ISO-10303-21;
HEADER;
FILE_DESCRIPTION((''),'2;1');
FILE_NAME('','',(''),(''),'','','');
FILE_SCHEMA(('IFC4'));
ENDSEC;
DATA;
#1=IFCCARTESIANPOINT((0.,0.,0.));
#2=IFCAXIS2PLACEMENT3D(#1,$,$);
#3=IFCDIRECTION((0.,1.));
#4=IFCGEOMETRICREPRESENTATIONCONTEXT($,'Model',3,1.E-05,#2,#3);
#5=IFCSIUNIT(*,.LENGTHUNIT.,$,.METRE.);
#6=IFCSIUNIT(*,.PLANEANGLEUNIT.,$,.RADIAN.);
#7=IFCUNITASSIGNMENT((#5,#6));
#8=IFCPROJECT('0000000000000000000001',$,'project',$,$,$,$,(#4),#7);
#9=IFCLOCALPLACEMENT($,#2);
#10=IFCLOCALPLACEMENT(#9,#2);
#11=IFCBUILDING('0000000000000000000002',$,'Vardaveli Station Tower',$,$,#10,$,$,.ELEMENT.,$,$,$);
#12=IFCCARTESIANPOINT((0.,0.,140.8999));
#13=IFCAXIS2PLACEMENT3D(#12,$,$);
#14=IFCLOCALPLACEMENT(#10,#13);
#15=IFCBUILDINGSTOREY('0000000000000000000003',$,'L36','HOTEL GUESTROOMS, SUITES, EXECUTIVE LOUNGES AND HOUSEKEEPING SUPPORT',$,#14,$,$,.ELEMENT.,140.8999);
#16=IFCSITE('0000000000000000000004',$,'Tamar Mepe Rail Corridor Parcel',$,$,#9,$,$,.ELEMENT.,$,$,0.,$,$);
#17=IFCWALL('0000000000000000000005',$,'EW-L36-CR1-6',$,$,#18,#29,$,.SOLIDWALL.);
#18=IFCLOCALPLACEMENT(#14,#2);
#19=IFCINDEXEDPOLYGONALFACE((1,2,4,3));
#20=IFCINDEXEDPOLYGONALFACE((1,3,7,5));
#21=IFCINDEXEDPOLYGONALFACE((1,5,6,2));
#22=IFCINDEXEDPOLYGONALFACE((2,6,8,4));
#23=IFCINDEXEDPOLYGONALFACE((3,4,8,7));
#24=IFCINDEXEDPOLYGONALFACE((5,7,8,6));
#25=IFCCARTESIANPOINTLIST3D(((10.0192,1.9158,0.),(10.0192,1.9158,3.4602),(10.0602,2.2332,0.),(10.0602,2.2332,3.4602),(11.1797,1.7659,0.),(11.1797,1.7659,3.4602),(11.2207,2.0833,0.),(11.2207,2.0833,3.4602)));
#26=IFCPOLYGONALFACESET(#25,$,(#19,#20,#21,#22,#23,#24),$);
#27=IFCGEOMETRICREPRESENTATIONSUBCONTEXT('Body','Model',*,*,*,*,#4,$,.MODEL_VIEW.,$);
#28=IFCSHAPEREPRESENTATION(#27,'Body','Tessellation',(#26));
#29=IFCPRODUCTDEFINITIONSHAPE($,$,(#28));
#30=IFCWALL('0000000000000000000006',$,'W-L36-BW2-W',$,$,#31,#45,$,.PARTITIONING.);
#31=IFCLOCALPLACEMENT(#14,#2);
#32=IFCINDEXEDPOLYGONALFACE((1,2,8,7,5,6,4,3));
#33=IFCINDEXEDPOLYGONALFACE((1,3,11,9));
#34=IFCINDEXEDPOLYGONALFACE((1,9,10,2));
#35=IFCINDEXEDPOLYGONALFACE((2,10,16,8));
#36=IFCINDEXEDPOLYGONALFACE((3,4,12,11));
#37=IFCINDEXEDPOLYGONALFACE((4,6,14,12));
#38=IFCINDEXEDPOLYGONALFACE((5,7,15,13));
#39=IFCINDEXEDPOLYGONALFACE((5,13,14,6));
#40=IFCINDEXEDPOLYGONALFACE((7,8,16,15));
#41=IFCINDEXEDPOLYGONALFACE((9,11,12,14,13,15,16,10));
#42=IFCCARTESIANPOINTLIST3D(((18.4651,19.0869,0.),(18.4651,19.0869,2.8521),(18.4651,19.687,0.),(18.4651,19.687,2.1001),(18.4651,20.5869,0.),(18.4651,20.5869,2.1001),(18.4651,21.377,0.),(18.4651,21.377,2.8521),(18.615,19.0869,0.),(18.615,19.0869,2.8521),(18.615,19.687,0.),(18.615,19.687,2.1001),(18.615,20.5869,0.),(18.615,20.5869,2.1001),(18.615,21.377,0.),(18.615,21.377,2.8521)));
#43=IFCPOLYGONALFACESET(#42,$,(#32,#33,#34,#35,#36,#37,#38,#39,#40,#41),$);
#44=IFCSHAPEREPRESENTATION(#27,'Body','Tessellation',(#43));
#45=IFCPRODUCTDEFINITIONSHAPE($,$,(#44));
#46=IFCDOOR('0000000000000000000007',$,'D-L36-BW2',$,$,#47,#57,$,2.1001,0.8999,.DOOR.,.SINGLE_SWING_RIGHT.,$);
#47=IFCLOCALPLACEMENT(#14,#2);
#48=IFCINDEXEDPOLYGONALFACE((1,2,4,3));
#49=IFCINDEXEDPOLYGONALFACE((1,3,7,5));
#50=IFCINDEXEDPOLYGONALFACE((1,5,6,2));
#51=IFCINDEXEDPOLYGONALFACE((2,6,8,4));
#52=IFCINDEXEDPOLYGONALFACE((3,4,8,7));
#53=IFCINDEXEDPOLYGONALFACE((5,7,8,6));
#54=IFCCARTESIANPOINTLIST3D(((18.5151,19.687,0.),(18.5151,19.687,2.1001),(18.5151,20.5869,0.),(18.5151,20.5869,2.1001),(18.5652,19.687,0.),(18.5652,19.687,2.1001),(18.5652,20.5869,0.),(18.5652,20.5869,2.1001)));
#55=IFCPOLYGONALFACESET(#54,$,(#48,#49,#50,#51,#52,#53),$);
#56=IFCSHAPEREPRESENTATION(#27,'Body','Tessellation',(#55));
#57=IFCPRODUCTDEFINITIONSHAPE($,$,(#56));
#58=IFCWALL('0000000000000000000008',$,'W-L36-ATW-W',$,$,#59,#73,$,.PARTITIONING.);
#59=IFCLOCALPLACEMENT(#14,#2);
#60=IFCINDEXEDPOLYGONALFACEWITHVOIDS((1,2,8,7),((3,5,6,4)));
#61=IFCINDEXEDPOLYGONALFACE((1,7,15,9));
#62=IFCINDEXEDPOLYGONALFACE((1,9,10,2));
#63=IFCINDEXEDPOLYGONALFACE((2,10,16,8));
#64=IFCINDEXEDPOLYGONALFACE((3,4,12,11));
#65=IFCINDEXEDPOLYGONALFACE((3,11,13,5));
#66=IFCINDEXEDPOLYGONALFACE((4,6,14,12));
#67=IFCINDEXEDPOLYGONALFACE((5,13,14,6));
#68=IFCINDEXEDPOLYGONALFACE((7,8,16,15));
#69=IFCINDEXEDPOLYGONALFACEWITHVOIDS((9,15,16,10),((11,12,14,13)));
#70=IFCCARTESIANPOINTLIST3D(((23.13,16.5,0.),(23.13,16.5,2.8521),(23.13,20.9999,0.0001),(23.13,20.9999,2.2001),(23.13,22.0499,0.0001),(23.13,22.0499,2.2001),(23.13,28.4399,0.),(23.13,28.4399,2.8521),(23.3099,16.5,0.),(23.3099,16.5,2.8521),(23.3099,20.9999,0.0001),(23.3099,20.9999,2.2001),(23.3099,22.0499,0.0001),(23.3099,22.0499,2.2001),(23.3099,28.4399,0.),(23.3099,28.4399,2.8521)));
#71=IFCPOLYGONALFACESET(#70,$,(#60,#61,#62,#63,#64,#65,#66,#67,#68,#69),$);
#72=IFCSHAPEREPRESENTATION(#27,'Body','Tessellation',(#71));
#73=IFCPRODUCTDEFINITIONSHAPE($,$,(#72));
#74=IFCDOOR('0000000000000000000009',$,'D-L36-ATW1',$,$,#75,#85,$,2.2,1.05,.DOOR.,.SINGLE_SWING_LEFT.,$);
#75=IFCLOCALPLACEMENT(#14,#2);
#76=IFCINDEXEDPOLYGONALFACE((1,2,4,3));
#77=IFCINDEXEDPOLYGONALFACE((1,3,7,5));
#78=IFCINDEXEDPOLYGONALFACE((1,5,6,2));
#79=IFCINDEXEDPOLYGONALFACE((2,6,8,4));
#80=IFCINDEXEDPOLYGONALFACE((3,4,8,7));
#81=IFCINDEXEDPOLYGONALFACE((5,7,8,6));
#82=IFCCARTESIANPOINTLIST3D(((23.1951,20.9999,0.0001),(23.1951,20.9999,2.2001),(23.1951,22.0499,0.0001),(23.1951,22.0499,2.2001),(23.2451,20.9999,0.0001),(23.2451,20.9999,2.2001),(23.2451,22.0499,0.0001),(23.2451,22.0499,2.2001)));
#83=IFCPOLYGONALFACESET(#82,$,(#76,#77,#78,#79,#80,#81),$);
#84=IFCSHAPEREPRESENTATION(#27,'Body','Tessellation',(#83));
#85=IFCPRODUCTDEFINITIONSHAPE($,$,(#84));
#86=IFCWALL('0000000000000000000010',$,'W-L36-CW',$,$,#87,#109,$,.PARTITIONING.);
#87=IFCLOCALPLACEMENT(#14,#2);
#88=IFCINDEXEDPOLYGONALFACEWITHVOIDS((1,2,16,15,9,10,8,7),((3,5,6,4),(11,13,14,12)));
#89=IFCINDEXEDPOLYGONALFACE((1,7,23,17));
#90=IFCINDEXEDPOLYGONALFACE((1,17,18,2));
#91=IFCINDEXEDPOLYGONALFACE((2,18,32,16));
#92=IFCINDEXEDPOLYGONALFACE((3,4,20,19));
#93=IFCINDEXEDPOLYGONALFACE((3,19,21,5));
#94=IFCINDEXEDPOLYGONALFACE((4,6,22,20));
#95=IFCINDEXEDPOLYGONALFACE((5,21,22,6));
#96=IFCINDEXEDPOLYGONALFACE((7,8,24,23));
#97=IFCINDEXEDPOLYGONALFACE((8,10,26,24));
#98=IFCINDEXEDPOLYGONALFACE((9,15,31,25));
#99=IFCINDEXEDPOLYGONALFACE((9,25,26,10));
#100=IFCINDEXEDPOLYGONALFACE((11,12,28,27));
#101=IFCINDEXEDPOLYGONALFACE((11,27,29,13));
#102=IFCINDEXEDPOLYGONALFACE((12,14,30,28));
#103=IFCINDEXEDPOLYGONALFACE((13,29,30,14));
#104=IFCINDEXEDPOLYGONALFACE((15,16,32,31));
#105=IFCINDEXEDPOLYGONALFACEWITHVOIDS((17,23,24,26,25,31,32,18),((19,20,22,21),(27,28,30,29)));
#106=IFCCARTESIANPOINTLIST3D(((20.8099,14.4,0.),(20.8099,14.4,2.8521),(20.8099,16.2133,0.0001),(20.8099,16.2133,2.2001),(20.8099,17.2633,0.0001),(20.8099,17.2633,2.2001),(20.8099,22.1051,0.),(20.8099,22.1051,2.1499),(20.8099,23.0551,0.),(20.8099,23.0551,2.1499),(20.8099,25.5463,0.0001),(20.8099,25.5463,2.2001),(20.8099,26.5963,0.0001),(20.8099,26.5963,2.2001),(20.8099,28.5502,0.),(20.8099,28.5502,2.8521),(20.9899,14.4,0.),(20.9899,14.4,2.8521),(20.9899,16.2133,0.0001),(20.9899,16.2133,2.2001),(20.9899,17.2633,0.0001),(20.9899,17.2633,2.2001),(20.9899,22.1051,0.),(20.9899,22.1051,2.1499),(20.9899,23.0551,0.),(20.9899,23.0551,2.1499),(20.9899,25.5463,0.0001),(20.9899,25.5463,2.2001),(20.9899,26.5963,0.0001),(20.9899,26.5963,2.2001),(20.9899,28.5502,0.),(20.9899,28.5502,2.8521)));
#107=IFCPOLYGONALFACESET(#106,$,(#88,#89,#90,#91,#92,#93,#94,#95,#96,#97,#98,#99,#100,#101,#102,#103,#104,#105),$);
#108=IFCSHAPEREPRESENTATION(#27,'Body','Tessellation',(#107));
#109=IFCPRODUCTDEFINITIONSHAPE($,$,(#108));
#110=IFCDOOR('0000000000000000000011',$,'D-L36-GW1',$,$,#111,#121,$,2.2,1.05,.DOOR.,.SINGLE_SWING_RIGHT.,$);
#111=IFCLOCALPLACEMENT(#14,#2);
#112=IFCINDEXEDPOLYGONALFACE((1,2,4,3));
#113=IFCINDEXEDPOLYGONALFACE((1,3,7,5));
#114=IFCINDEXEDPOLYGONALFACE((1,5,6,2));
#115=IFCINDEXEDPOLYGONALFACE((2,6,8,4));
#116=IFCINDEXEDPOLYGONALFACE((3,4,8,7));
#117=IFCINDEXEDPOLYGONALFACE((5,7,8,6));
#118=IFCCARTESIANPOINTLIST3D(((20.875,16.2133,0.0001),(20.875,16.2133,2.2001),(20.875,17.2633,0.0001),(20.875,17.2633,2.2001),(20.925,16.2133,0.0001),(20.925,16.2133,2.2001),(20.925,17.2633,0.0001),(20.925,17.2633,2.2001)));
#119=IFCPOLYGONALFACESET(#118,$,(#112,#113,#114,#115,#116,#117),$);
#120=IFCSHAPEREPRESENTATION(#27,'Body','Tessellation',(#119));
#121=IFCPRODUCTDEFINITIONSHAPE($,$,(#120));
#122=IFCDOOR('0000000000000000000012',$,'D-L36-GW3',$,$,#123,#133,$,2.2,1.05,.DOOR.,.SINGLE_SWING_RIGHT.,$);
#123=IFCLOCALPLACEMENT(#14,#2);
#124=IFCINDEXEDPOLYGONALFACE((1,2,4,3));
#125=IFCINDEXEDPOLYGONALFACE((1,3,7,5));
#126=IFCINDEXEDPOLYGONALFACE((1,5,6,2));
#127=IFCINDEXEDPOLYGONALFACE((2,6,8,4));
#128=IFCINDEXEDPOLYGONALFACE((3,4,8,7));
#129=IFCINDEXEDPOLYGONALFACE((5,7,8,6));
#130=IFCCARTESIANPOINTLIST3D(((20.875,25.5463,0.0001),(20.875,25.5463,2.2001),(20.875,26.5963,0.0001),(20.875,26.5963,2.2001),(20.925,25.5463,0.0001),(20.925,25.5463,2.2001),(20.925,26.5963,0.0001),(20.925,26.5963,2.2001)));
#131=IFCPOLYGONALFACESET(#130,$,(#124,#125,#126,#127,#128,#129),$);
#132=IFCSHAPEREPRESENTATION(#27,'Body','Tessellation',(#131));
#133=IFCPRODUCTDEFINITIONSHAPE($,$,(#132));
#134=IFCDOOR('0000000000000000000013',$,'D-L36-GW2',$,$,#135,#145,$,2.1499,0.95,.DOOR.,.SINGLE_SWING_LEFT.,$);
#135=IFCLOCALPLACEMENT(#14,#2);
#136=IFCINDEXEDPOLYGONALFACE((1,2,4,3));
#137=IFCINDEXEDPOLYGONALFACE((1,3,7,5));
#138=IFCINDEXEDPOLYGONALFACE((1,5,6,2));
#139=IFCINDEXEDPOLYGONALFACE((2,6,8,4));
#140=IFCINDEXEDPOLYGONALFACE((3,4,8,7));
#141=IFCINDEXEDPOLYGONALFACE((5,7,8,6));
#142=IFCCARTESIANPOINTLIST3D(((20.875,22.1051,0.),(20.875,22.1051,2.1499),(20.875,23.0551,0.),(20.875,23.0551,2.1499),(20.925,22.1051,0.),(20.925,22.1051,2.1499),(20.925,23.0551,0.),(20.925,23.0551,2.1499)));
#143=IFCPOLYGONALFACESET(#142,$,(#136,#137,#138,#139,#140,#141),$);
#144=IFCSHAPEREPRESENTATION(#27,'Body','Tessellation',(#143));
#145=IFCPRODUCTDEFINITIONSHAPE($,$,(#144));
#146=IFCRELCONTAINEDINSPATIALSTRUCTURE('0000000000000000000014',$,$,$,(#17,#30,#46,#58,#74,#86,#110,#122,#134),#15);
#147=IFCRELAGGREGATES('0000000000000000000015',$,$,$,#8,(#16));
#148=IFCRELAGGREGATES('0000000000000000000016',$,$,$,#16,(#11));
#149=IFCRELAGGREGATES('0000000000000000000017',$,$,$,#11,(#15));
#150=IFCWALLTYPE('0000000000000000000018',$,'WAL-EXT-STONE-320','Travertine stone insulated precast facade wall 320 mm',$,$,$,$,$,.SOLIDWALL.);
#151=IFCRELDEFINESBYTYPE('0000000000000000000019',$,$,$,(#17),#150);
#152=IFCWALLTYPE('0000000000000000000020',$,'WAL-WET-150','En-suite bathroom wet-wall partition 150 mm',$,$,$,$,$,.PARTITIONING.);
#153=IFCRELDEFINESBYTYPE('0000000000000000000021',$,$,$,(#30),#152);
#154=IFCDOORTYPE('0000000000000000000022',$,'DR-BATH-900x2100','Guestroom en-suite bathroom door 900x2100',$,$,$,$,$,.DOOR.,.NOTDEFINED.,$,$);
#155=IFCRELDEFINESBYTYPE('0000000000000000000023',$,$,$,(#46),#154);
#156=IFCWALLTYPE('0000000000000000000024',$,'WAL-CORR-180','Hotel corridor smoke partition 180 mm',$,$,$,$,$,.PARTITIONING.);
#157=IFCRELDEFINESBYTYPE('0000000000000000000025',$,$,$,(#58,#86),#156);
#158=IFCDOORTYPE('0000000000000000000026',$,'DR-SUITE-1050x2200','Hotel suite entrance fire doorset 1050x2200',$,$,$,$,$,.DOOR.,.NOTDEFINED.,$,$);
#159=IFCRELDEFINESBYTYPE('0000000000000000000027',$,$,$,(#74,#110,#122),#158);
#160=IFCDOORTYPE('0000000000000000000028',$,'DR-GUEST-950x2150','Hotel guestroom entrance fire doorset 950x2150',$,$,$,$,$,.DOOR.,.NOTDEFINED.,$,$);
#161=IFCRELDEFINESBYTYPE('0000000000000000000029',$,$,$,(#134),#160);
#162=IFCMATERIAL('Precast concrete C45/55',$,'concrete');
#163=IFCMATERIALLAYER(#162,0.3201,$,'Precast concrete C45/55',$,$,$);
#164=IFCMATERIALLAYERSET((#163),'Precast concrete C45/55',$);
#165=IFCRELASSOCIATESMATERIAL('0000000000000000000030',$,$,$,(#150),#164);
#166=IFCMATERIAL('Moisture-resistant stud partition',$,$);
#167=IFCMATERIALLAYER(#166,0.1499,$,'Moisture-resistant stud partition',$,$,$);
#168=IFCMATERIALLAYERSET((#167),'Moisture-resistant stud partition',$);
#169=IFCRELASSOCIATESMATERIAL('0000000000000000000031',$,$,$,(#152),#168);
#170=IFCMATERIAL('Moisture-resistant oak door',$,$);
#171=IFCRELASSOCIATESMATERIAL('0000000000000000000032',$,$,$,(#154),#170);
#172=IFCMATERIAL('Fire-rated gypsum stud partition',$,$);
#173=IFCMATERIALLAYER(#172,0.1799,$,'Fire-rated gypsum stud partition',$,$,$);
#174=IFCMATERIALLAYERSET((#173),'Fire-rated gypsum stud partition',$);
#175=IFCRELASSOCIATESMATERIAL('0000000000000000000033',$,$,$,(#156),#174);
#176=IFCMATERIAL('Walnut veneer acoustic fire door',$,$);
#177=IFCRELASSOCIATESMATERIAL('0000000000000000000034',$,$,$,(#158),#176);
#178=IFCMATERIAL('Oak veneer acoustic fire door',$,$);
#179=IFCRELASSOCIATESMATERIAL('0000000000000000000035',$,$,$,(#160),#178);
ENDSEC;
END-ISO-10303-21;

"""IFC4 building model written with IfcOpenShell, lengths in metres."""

from ifc_helpers import new_model, si_unit, direction, frame, frame_2d, origin, place, context, subcontext, project, spatial, rectangle, extrude, source, transform, mapped, material, layer, layer_set, type_object, element, fill, save


model = new_model("IFC4")

# Units and contexts
model_context = context("Model", 3, precision=1e-05, world=origin(), true_north=direction((0.0, 1.0)))
body_context = subcontext(model_context, "Body", "Model", "MODEL_VIEW")
ifc_project = project(units=[si_unit("LENGTHUNIT", "METRE"), si_unit("PLANEANGLEUNIT", "RADIAN")], contexts=[model_context])

# Site, building, storey
site_placement = place(None, origin())
site = spatial("IfcSite", under=ifc_project, at=site_placement, Name="Tamar Mepe Rail Corridor Parcel", CompositionType="ELEMENT", RefElevation=0.0)
building_placement = place(site_placement, origin())
building = spatial("IfcBuilding", under=site, at=building_placement, Name="Vardaveli Station Tower", CompositionType="ELEMENT")
storey_placement = place(building_placement, frame((0.0, 0.0, 140.8999)))
storey = spatial("IfcBuildingStorey", under=building, at=storey_placement, Name="L36", Description="HOTEL GUESTROOMS, SUITES, EXECUTIVE LOUNGES AND HOUSEKEEPING SUPPORT", CompositionType="ELEMENT", Elevation=140.8999)

# Shared definitions
ifc_material_1 = material(Name="Precast concrete C45/55", Category="concrete")

# Shared definitions
ifc_layer_1 = layer(ifc_material_1, 0.3201, Name="Precast concrete C45/55")
ifc_layer_set_1 = layer_set([ifc_layer_1], Name="Precast concrete C45/55")
wall_type_1 = type_object("IfcWallType", Name="WAL-EXT-STONE-320", Description="Travertine stone insulated precast facade wall 320 mm", PredefinedType="SOLIDWALL", material=ifc_layer_set_1)

# Wall
shared_shape_1 = source(origin(), body_context, "Body", "SweptSolid", [
    extrude(rectangle(XDim=1.1702, YDim=0.3201, at=frame_2d((0.585, 0.0))), origin(), (0.0, 0.0, 1.0), 3.4602),
])
wall_1_placement = place(storey_placement, frame((10.0398, 2.0745, 0.0), z_axis=(0.0, 0.0, 1.0), x_axis=(0.991762, -0.12809, 0.0)))
element("IfcWall", 1, at=wall_1_placement, inside=storey, type_object=wall_type_1, Name="EW-L36-CR1-6", PredefinedType="SOLIDWALL", context=body_context, shape_type="MappedRepresentation", body=[
    mapped(shared_shape_1, transform((0.0, 0.0, 0.0), scale=1.0)),
])

# Walls, openings, doors
ifc_material_2 = material(Name="Moisture-resistant stud partition")
ifc_layer_2 = layer(ifc_material_2, 0.1499, Name="Moisture-resistant stud partition")
ifc_layer_set_2 = layer_set([ifc_layer_2], Name="Moisture-resistant stud partition")
wall_type_2 = type_object("IfcWallType", Name="WAL-WET-150", Description="En-suite bathroom wet-wall partition 150 mm", PredefinedType="PARTITIONING", material=ifc_layer_set_2)
shared_shape_2 = source(origin(), body_context, "Body", "SweptSolid", [
    extrude(rectangle(XDim=2.29, YDim=0.1499, at=frame_2d((1.145, 0.0))), origin(), (0.0, 0.0, 1.0), 2.8521),
])
wall_2_placement = place(storey_placement, frame((18.54, 19.0869, 0.0), z_axis=(0.0, 0.0, 1.0), x_axis=(0.0, 1.0, 0.0)))
wall_2 = element("IfcWall", 2, at=wall_2_placement, inside=storey, type_object=wall_type_2, Name="W-L36-BW2-W", PredefinedType="PARTITIONING", context=body_context, shape_type="MappedRepresentation", body=[
    mapped(shared_shape_2, transform((0.0, 0.0, 0.0), scale=1.0)),
])
shared_shape_3 = source(origin(), body_context, "Body", "SweptSolid", [
    extrude(rectangle(XDim=0.8999, YDim=2.1001, at=frame_2d((0.45, 1.05))), frame((0.0, 0.085, 0.0), z_axis=(0.0, -1.0, 0.0), x_axis=(1.0, 0.0, 0.0)), (0.0, 0.0, 1.0), 0.1699),
])
opening_1_placement = place(wall_2_placement, frame((0.6001, 0.0, 0.0)))
opening_1 = element("IfcOpeningElement", 3, at=opening_1_placement, cuts=wall_2, PredefinedType="OPENING", context=body_context, shape_type="MappedRepresentation", body=[
    mapped(shared_shape_3, transform((0.0, 0.0, 0.0), scale=1.0)),
])
ifc_material_3 = material(Name="Moisture-resistant oak door")
door_type_1 = type_object("IfcDoorType", Name="DR-BATH-900x2100", Description="Guestroom en-suite bathroom door 900x2100", OperationType="NOTDEFINED", PredefinedType="DOOR", material=ifc_material_3)
shared_shape_4 = source(origin(), body_context, "Body", "SweptSolid", [
    extrude(rectangle(XDim=0.8999, YDim=2.1001, at=frame_2d((0.45, 1.05))), frame((0.0, 0.0249, 0.0), z_axis=(0.0, -1.0, 0.0), x_axis=(1.0, 0.0, 0.0)), (0.0, 0.0, 1.0), 0.05),
])
door_1_placement = place(opening_1_placement, origin())
door_1 = element("IfcDoor", 4, at=door_1_placement, inside=storey, type_object=door_type_1, Name="D-L36-BW2", OperationType="SINGLE_SWING_RIGHT", OverallHeight=2.1001, OverallWidth=0.8999, PredefinedType="DOOR", context=body_context, shape_type="MappedRepresentation", body=[
    mapped(shared_shape_4, transform((0.0, 0.0, 0.0), scale=1.0)),
])
fill(opening_1, door_1)
ifc_material_4 = material(Name="Fire-rated gypsum stud partition")
ifc_layer_3 = layer(ifc_material_4, 0.1799, Name="Fire-rated gypsum stud partition")
ifc_layer_set_3 = layer_set([ifc_layer_3], Name="Fire-rated gypsum stud partition")
wall_type_3 = type_object("IfcWallType", Name="WAL-CORR-180", Description="Hotel corridor smoke partition 180 mm", PredefinedType="PARTITIONING", material=ifc_layer_set_3)
shared_shape_5 = source(origin(), body_context, "Body", "SweptSolid", [
    extrude(rectangle(XDim=11.9399, YDim=0.1799, at=frame_2d((5.97, 0.0))), origin(), (0.0, 0.0, 1.0), 2.8521),
])
wall_3_placement = place(storey_placement, frame((23.22, 16.5, 0.0), z_axis=(0.0, 0.0, 1.0), x_axis=(0.0, 1.0, 0.0)))
wall_3 = element("IfcWall", 5, at=wall_3_placement, inside=storey, type_object=wall_type_3, Name="W-L36-ATW-W", PredefinedType="PARTITIONING", context=body_context, shape_type="MappedRepresentation", body=[
    mapped(shared_shape_5, transform((0.0, 0.0, 0.0), scale=1.0)),
])
shared_shape_6 = source(origin(), body_context, "Body", "SweptSolid", [
    extrude(rectangle(XDim=1.05, YDim=2.2, at=frame_2d((0.5249, 1.1001))), frame((0.0, 0.1001, 0.0), z_axis=(0.0, -1.0, 0.0), x_axis=(1.0, 0.0, 0.0)), (0.0, 0.0, 1.0), 0.2),
])
opening_2_placement = place(wall_3_placement, frame((4.5, 0.0, 0.0)))
opening_2 = element("IfcOpeningElement", 6, at=opening_2_placement, cuts=wall_3, PredefinedType="OPENING", context=body_context, shape_type="MappedRepresentation", body=[
    mapped(shared_shape_6, transform((0.0, 0.0, 0.0), scale=1.0)),
])
ifc_material_5 = material(Name="Walnut veneer acoustic fire door")
door_type_2 = type_object("IfcDoorType", Name="DR-SUITE-1050x2200", Description="Hotel suite entrance fire doorset 1050x2200", OperationType="NOTDEFINED", PredefinedType="DOOR", material=ifc_material_5)
shared_shape_7 = source(origin(), body_context, "Body", "SweptSolid", [
    extrude(rectangle(XDim=1.05, YDim=2.2, at=frame_2d((0.5249, 1.1001))), frame((0.0, 0.0249, 0.0), z_axis=(0.0, -1.0, 0.0), x_axis=(1.0, 0.0, 0.0)), (0.0, 0.0, 1.0), 0.05),
])
door_2_placement = place(opening_2_placement, origin())
door_2 = element("IfcDoor", 7, at=door_2_placement, inside=storey, type_object=door_type_2, Name="D-L36-ATW1", OperationType="SINGLE_SWING_LEFT", OverallHeight=2.2, OverallWidth=1.05, PredefinedType="DOOR", context=body_context, shape_type="MappedRepresentation", body=[
    mapped(shared_shape_7, transform((0.0, 0.0, 0.0), scale=1.0)),
])
fill(opening_2, door_2)

# Wall, openings, doors
shared_shape_8 = source(origin(), body_context, "Body", "SweptSolid", [
    extrude(rectangle(XDim=14.1501, YDim=0.1799, at=frame_2d((7.0752, 0.0))), origin(), (0.0, 0.0, 1.0), 2.8521),
])
wall_4_placement = place(storey_placement, frame((20.8999, 14.3999, 0.0), z_axis=(0.0, 0.0, 1.0), x_axis=(0.0, 1.0, 0.0)))
wall_4 = element("IfcWall", 8, at=wall_4_placement, inside=storey, type_object=wall_type_3, Name="W-L36-CW", PredefinedType="PARTITIONING", context=body_context, shape_type="MappedRepresentation", body=[
    mapped(shared_shape_8, transform((0.0, 0.0, 0.0), scale=1.0)),
])
opening_3_placement = place(wall_4_placement, frame((1.8135, 0.0, 0.0)))
opening_3 = element("IfcOpeningElement", 9, at=opening_3_placement, cuts=wall_4, PredefinedType="OPENING", context=body_context, shape_type="MappedRepresentation", body=[
    mapped(shared_shape_6, transform((0.0, 0.0, 0.0), scale=1.0)),
])
shared_shape_9 = source(origin(), body_context, "Body", "SweptSolid", [
    extrude(rectangle(XDim=0.95, YDim=2.1499, at=frame_2d((0.4751, 1.075))), frame((0.0, 0.1001, 0.0), z_axis=(0.0, -1.0, 0.0), x_axis=(1.0, 0.0, 0.0)), (0.0, 0.0, 1.0), 0.2),
])
opening_4_placement = place(wall_4_placement, frame((7.7051, 0.0, 0.0)))
opening_4 = element("IfcOpeningElement", 10, at=opening_4_placement, cuts=wall_4, PredefinedType="OPENING", context=body_context, shape_type="MappedRepresentation", body=[
    mapped(shared_shape_9, transform((0.0, 0.0, 0.0), scale=1.0)),
])
opening_5_placement = place(wall_4_placement, frame((11.1465, 0.0, 0.0)))
opening_5 = element("IfcOpeningElement", 11, at=opening_5_placement, cuts=wall_4, PredefinedType="OPENING", context=body_context, shape_type="MappedRepresentation", body=[
    mapped(shared_shape_6, transform((0.0, 0.0, 0.0), scale=1.0)),
])
door_3_placement = place(opening_3_placement, origin())
door_3 = element("IfcDoor", 12, at=door_3_placement, inside=storey, type_object=door_type_2, Name="D-L36-GW1", OperationType="SINGLE_SWING_RIGHT", OverallHeight=2.2, OverallWidth=1.05, PredefinedType="DOOR", context=body_context, shape_type="MappedRepresentation", body=[
    mapped(shared_shape_7, transform((0.0, 0.0, 0.0), scale=1.0)),
])
fill(opening_3, door_3)
door_4_placement = place(opening_5_placement, origin())
door_4 = element("IfcDoor", 13, at=door_4_placement, inside=storey, type_object=door_type_2, Name="D-L36-GW3", OperationType="SINGLE_SWING_RIGHT", OverallHeight=2.2, OverallWidth=1.05, PredefinedType="DOOR", context=body_context, shape_type="MappedRepresentation", body=[
    mapped(shared_shape_7, transform((0.0, 0.0, 0.0), scale=1.0)),
])
fill(opening_5, door_4)
ifc_material_6 = material(Name="Oak veneer acoustic fire door")
door_type_3 = type_object("IfcDoorType", Name="DR-GUEST-950x2150", Description="Hotel guestroom entrance fire doorset 950x2150", OperationType="NOTDEFINED", PredefinedType="DOOR", material=ifc_material_6)
shared_shape_10 = source(origin(), body_context, "Body", "SweptSolid", [
    extrude(rectangle(XDim=0.95, YDim=2.1499, at=frame_2d((0.4751, 1.075))), frame((0.0, 0.0249, 0.0), z_axis=(0.0, -1.0, 0.0), x_axis=(1.0, 0.0, 0.0)), (0.0, 0.0, 1.0), 0.05),
])
door_5_placement = place(opening_4_placement, origin())
door_5 = element("IfcDoor", 14, at=door_5_placement, inside=storey, type_object=door_type_3, Name="D-L36-GW2", OperationType="SINGLE_SWING_LEFT", OverallHeight=2.1499, OverallWidth=0.95, PredefinedType="DOOR", context=body_context, shape_type="MappedRepresentation", body=[
    mapped(shared_shape_10, transform((0.0, 0.0, 0.0), scale=1.0)),
])
fill(opening_4, door_5)

save(model, "model.ifc")
